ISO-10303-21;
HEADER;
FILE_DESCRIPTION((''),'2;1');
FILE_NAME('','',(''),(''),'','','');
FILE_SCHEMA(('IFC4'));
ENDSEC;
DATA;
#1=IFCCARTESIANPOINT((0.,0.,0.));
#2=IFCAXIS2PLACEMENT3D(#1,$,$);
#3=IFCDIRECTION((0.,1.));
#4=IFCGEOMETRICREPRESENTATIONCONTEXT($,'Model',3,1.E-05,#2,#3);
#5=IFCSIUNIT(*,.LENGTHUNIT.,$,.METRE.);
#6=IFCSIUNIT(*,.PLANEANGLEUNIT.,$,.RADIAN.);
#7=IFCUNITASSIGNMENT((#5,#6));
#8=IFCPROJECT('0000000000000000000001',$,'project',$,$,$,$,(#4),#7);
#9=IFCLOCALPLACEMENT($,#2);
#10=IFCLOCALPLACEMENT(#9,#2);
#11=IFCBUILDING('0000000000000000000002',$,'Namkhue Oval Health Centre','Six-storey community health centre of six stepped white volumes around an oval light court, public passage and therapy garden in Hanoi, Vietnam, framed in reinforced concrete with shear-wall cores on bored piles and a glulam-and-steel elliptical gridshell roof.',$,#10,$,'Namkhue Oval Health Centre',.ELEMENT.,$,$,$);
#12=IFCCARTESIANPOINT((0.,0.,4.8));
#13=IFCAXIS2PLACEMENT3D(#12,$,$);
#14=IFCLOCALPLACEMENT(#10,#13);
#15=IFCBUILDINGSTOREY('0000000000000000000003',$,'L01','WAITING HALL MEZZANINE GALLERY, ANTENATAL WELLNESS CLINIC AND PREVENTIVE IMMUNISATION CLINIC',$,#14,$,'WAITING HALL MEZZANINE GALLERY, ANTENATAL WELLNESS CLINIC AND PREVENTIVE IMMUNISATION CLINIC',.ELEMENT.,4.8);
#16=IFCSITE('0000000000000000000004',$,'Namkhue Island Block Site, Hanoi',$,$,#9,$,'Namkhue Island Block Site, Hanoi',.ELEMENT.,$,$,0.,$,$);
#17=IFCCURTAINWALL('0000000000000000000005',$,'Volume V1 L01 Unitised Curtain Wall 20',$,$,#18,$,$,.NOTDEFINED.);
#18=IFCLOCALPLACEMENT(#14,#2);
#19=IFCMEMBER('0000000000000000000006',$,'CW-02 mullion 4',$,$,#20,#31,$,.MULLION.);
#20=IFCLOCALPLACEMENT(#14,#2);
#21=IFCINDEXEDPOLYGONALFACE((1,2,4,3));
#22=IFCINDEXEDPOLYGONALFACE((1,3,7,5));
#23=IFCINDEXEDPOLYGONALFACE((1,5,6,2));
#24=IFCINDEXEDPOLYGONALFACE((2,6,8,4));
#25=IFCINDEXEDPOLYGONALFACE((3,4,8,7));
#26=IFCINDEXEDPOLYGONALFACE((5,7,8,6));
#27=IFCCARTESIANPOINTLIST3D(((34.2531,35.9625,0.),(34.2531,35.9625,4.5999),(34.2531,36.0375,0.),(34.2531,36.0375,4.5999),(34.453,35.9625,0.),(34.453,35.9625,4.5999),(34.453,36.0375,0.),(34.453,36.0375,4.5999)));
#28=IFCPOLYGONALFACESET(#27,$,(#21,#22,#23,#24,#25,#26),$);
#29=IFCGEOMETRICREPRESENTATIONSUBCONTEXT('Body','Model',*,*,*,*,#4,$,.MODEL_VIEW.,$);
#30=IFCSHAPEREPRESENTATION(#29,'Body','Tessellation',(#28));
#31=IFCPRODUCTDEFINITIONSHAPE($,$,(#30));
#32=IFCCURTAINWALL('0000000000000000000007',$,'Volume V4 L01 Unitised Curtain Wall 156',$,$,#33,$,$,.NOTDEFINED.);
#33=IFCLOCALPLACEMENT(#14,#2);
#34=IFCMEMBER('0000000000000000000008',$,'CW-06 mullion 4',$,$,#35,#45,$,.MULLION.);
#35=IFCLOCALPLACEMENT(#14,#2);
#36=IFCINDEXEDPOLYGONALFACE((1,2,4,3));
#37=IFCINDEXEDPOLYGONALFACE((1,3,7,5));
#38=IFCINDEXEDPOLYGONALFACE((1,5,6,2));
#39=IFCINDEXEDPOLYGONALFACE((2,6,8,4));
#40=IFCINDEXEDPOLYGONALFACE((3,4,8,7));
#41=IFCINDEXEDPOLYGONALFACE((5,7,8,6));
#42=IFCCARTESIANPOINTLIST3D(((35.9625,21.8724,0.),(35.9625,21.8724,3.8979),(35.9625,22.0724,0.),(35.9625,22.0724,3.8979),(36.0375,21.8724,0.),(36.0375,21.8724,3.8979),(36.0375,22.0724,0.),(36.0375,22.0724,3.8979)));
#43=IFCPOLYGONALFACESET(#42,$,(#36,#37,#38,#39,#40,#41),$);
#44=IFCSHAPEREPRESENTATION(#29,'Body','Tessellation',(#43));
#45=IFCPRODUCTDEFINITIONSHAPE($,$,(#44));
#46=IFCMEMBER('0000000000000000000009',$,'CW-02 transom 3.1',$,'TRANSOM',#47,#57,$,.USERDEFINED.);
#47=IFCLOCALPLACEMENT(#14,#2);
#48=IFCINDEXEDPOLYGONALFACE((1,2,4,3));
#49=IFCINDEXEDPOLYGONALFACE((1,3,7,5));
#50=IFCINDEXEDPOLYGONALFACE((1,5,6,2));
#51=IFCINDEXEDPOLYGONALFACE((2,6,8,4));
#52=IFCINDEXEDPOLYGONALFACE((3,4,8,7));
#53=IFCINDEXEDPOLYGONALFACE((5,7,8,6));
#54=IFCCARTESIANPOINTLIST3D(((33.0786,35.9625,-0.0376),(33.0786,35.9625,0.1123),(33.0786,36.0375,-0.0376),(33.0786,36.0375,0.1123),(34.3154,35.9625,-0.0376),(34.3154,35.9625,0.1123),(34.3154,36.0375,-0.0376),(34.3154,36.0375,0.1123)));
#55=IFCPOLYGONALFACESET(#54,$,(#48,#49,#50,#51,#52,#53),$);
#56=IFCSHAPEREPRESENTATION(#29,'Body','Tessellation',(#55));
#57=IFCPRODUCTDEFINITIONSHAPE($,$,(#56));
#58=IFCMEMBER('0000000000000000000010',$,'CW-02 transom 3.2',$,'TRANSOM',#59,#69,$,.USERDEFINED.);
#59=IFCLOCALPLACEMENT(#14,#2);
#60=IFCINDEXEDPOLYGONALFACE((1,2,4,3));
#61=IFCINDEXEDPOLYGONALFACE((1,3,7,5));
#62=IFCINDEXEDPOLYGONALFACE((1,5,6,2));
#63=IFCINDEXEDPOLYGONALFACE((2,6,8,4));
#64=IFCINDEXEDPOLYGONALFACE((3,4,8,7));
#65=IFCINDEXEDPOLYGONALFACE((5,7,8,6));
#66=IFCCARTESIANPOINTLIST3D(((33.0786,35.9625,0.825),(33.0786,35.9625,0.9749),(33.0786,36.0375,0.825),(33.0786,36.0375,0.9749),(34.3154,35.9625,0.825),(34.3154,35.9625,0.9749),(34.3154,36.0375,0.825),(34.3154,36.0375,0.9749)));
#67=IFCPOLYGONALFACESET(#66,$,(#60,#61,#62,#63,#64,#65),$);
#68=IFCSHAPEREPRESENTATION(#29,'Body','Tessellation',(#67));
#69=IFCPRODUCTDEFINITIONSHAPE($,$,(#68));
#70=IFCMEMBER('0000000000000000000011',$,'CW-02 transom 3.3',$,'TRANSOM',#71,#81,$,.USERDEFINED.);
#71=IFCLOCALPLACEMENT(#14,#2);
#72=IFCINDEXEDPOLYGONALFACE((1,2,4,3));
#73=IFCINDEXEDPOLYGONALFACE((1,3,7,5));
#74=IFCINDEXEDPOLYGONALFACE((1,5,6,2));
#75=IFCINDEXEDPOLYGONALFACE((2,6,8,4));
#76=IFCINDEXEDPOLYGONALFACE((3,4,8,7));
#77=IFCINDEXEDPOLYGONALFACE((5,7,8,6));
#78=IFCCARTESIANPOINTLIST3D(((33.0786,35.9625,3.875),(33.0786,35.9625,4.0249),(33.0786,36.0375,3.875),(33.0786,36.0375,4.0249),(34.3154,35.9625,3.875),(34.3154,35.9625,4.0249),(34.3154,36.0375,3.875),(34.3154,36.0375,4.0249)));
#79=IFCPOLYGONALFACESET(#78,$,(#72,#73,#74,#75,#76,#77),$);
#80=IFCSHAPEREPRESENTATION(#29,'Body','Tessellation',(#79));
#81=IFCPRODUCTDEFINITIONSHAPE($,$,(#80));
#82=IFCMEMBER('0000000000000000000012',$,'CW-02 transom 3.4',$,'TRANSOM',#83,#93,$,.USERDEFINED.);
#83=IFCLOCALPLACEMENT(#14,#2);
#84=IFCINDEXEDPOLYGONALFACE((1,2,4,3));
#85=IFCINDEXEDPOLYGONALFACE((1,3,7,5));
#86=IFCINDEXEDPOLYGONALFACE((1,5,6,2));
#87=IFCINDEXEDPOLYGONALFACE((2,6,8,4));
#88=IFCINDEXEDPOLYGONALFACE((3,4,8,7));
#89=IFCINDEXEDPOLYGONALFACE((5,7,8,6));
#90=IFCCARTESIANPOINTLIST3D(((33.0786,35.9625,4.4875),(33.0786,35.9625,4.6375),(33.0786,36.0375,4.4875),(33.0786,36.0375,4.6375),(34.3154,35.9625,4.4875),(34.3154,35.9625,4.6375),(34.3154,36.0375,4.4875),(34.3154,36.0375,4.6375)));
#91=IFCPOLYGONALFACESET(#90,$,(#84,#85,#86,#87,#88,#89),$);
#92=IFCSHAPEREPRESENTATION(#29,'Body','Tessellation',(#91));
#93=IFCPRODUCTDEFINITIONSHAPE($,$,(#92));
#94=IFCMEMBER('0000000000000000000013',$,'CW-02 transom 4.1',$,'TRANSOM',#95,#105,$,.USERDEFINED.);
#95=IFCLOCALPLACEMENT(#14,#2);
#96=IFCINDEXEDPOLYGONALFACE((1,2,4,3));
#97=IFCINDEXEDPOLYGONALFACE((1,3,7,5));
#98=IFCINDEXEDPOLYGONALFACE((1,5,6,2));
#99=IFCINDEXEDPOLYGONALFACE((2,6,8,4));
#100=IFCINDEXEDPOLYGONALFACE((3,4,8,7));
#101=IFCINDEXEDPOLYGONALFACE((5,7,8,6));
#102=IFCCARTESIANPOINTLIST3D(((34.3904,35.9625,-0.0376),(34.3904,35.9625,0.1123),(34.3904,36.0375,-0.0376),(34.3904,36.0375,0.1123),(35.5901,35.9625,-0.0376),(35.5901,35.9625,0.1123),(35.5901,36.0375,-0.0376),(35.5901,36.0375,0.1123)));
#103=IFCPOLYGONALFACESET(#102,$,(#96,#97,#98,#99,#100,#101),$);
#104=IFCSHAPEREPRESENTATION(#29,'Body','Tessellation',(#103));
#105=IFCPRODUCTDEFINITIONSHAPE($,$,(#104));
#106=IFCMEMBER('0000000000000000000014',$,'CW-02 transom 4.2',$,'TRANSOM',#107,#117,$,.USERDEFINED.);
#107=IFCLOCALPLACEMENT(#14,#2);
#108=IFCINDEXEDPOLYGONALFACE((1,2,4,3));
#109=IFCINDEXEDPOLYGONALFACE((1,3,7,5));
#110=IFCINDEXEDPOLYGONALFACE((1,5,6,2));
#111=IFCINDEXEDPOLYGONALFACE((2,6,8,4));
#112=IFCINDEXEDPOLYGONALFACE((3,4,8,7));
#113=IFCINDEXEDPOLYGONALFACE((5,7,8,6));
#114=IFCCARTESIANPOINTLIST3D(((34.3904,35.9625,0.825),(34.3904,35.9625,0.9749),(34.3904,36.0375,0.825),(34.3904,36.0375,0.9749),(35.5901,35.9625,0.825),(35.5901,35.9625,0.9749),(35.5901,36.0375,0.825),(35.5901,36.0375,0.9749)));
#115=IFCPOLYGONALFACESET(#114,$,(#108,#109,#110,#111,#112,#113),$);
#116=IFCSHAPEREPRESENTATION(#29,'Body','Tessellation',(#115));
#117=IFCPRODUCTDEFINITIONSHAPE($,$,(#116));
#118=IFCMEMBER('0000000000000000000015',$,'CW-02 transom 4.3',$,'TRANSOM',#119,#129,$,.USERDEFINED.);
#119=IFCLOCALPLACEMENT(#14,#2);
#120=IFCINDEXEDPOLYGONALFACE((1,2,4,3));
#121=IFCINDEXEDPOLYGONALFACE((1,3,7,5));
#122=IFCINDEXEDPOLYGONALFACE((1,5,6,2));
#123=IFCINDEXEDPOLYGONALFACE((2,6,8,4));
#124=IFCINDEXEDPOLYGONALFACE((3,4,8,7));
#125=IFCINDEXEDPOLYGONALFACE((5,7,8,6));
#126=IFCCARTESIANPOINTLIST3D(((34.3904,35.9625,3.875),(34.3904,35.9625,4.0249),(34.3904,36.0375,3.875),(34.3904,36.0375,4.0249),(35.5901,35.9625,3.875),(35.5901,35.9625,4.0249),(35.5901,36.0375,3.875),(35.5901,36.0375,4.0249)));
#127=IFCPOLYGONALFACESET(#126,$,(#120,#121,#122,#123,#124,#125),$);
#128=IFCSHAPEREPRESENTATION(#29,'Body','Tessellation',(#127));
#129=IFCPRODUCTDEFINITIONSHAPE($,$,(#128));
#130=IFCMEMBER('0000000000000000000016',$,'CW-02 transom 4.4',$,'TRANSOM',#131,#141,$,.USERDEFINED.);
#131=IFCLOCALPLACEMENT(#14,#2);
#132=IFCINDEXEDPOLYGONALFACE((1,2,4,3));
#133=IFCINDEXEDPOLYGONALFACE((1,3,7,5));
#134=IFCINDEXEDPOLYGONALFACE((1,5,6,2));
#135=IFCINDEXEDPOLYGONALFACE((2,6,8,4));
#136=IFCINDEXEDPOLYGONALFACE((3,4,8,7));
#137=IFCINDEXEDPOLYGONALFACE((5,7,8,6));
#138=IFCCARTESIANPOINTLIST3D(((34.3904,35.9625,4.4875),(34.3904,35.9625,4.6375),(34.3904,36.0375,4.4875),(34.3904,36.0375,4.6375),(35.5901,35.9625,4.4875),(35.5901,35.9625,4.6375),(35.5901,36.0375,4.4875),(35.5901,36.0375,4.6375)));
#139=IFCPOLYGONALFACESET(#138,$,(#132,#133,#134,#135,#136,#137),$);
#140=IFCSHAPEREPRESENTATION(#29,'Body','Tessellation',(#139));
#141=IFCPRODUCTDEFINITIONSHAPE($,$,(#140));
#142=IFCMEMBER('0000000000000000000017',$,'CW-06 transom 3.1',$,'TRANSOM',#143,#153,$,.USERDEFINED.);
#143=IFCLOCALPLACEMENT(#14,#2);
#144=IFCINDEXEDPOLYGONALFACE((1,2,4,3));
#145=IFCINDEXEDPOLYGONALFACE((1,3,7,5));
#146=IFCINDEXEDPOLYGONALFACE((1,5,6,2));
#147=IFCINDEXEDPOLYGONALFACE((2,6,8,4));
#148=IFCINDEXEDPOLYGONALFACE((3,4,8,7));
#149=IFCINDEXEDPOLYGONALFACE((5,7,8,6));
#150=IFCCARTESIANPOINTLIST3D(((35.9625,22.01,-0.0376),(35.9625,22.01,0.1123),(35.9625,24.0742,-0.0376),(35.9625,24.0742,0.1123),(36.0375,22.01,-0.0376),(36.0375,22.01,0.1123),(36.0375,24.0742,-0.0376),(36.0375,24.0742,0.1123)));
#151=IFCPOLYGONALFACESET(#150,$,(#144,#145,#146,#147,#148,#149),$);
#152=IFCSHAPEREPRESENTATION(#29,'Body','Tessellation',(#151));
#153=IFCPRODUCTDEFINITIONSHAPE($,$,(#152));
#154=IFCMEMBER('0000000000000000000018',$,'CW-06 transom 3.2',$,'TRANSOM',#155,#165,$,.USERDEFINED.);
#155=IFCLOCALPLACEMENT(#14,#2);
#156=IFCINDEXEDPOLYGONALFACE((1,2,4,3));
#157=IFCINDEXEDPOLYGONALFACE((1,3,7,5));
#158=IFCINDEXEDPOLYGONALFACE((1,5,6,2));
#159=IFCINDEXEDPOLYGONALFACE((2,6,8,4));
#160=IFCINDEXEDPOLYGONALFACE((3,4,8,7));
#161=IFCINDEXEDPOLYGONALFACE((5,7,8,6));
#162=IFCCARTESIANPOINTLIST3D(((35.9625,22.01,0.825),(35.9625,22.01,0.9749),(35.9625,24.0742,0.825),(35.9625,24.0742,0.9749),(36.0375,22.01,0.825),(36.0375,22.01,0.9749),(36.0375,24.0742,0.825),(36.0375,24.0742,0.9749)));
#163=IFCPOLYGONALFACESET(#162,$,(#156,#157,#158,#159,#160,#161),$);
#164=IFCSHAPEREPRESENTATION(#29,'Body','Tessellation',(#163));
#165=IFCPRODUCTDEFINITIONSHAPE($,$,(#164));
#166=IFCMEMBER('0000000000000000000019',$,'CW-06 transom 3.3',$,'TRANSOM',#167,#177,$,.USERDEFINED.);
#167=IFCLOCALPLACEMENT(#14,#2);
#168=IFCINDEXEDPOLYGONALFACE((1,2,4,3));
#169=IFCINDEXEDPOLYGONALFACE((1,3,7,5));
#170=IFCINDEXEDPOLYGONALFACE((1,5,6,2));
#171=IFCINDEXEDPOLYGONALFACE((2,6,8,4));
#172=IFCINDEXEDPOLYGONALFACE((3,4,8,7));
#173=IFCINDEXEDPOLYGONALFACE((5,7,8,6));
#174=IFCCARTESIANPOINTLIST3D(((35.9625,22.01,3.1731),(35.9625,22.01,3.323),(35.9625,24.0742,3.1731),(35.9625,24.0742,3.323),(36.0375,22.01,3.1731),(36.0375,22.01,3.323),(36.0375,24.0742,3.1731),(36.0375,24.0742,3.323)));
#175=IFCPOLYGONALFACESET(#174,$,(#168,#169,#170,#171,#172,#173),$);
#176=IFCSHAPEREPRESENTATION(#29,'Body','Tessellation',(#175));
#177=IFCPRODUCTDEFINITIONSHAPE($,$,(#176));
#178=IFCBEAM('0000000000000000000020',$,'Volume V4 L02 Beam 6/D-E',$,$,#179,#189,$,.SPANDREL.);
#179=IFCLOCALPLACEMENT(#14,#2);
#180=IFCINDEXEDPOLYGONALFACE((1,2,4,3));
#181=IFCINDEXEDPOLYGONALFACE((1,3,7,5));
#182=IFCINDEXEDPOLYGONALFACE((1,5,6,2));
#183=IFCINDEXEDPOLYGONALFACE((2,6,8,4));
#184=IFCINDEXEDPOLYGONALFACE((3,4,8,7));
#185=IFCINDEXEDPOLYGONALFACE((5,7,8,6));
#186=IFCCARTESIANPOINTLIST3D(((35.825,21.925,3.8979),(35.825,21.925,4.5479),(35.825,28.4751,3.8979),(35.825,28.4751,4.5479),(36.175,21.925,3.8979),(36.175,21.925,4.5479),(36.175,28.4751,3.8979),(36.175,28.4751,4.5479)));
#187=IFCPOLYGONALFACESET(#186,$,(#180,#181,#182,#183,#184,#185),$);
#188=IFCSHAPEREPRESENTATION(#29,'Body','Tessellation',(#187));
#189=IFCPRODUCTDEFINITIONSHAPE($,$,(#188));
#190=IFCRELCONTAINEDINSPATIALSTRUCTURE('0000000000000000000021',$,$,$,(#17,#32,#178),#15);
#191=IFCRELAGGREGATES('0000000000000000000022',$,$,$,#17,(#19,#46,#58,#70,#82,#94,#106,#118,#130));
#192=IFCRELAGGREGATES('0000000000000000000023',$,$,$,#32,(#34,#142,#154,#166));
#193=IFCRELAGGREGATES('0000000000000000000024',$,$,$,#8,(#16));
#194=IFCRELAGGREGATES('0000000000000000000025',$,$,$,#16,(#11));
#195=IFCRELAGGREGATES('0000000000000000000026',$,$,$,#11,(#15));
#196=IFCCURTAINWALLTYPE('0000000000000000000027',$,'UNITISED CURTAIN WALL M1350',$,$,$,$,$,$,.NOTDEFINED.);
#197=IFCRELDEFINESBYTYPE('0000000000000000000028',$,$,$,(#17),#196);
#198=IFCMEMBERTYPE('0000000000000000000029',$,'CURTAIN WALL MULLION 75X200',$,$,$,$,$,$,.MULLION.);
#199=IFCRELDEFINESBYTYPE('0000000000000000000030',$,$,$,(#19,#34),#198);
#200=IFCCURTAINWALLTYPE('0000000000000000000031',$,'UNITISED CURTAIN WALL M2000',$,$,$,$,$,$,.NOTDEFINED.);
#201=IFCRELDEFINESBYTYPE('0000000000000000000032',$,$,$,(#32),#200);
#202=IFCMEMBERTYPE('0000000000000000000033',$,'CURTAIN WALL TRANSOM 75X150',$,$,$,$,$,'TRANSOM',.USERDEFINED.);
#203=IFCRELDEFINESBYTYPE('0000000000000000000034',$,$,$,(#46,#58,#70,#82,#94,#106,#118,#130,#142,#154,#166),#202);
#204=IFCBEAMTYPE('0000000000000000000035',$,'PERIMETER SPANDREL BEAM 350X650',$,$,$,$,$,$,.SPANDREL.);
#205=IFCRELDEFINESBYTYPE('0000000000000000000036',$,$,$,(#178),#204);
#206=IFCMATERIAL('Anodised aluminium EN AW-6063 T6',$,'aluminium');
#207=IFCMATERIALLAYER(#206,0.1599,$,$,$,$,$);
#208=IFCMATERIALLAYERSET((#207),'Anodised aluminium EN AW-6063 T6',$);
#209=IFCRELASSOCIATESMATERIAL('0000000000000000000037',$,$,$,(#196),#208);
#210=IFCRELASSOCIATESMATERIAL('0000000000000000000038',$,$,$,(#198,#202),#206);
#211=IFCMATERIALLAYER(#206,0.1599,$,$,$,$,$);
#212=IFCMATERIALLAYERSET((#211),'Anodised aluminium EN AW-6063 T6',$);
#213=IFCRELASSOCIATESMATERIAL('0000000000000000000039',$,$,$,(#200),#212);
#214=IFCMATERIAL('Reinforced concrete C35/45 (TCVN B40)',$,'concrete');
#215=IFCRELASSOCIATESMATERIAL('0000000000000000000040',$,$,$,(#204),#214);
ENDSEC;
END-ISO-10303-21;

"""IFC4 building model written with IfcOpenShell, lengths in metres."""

from ifc_helpers import new_model, si_unit, direction, frame, origin, origin_2d, place, context, subcontext, project, spatial, rectangle, extrude, material, layer, layer_set, material_profile, profile_set, type_object, element, aggregate, save


model = new_model("IFC4")

# Units and contexts
model_context = context("Model", 3, precision=1e-05, world=origin(), true_north=direction((0.0, 1.0)))
body_context = subcontext(model_context, "Body", "Model", "MODEL_VIEW")
ifc_project = project(units=[si_unit("LENGTHUNIT", "METRE"), si_unit("PLANEANGLEUNIT", "RADIAN")], contexts=[model_context])

# Site, building, storey
site_placement = place(None, origin())
site = spatial("IfcSite", under=ifc_project, at=site_placement, Name="Namkhue Island Block Site, Hanoi", LongName="Namkhue Island Block Site, Hanoi", CompositionType="ELEMENT", RefElevation=0.0)
building_placement = place(site_placement, origin())
building = spatial("IfcBuilding", under=site, at=building_placement, Name="Namkhue Oval Health Centre", Description="Six-storey community health centre of six stepped white volumes around an oval light court, public passage and therapy garden in Hanoi, Vietnam, framed in reinforced concrete with shear-wall cores on bored piles and a glulam-and-steel elliptical gridshell roof.", LongName="Namkhue Oval Health Centre", CompositionType="ELEMENT")
storey_placement = place(building_placement, frame((0.0, 0.0, 4.8)))
storey = spatial("IfcBuildingStorey", under=building, at=storey_placement, Name="L01", Description="WAITING HALL MEZZANINE GALLERY, ANTENATAL WELLNESS CLINIC AND PREVENTIVE IMMUNISATION CLINIC", LongName="WAITING HALL MEZZANINE GALLERY, ANTENATAL WELLNESS CLINIC AND PREVENTIVE IMMUNISATION CLINIC", CompositionType="ELEMENT", Elevation=4.8)

# Curtain walls, members
ifc_material_1 = material(Name="Anodised aluminium EN AW-6063 T6", Category="aluminium")
ifc_layer_1 = layer(ifc_material_1, 0.1599)
ifc_layer_set_1 = layer_set([ifc_layer_1], Name="Anodised aluminium EN AW-6063 T6")
curtain_wall_type_1 = type_object("IfcCurtainWallType", Name="UNITISED CURTAIN WALL M1350", PredefinedType="NOTDEFINED", material=ifc_layer_set_1)
curtain_wall_1_placement = place(storey_placement, origin())
curtain_wall_1 = element("IfcCurtainWall", 1, at=curtain_wall_1_placement, inside=storey, type_object=curtain_wall_type_1, Name="Volume V1 L01 Unitised Curtain Wall 20", PredefinedType="NOTDEFINED")
ifc_material_profile_1 = material_profile(ifc_material_1, rectangle(XDim=0.075, YDim=0.2, at=origin_2d()), Name="ALU 75x200")
ifc_profile_set_1 = profile_set([ifc_material_profile_1], Name="Anodised aluminium EN AW-6063 T6")
member_type_1 = type_object("IfcMemberType", Name="CURTAIN WALL MULLION 75X200", PredefinedType="MULLION", material=ifc_profile_set_1)
member_1_placement = place(storey_placement, frame((34.353, 36.0, 0.0), z_axis=(0.0, 0.0, 1.0), x_axis=(0.0, 1.0, 0.0)))
member_1 = element("IfcMember", 2, at=member_1_placement, type_object=member_type_1, Name="CW-02 mullion 4", PredefinedType="MULLION", context=body_context, shape_type="SweptSolid", body=[
    extrude(rectangle(XDim=0.075, YDim=0.2, at=origin_2d()), origin(), (0.0, 0.0, 1.0), 4.5999),
])
ifc_layer_2 = layer(ifc_material_1, 0.1599)
ifc_layer_set_2 = layer_set([ifc_layer_2], Name="Anodised aluminium EN AW-6063 T6")
curtain_wall_type_2 = type_object("IfcCurtainWallType", Name="UNITISED CURTAIN WALL M2000", PredefinedType="NOTDEFINED", material=ifc_layer_set_2)
curtain_wall_2_placement = place(storey_placement, origin())
curtain_wall_2 = element("IfcCurtainWall", 3, at=curtain_wall_2_placement, inside=storey, type_object=curtain_wall_type_2, Name="Volume V4 L01 Unitised Curtain Wall 156", PredefinedType="NOTDEFINED")
member_2_placement = place(storey_placement, frame((36.0, 21.9724, 0.0), z_axis=(0.0, 0.0, 1.0), x_axis=(1.0, 0.0, 0.0)))
member_2 = element("IfcMember", 4, at=member_2_placement, type_object=member_type_1, Name="CW-06 mullion 4", PredefinedType="MULLION", context=body_context, shape_type="SweptSolid", body=[
    extrude(rectangle(XDim=0.075, YDim=0.2, at=origin_2d()), origin(), (0.0, 0.0, 1.0), 3.8979),
])

# Members
ifc_material_profile_2 = material_profile(ifc_material_1, rectangle(XDim=0.075, YDim=0.1499, at=origin_2d()), Name="ALU 75x150")
ifc_profile_set_2 = profile_set([ifc_material_profile_2], Name="Anodised aluminium EN AW-6063 T6")
member_type_2 = type_object("IfcMemberType", Name="CURTAIN WALL TRANSOM 75X150", ElementType="TRANSOM", PredefinedType="USERDEFINED", material=ifc_profile_set_2)
member_3_placement = place(storey_placement, frame((33.0786, 36.0, 0.0374), z_axis=(1.0, 0.0, 0.0), x_axis=(0.0, 1.0, 0.0)))
member_3 = element("IfcMember", 5, at=member_3_placement, type_object=member_type_2, Name="CW-02 transom 3.1", ObjectType="TRANSOM", PredefinedType="USERDEFINED", context=body_context, shape_type="SweptSolid", body=[
    extrude(rectangle(XDim=0.075, YDim=0.1499, at=origin_2d()), origin(), (0.0, 0.0, 1.0), 1.2368),
])
member_4_placement = place(storey_placement, frame((33.0786, 36.0, 0.8999), z_axis=(1.0, 0.0, 0.0), x_axis=(0.0, 1.0, 0.0)))
member_4 = element("IfcMember", 6, at=member_4_placement, type_object=member_type_2, Name="CW-02 transom 3.2", ObjectType="TRANSOM", PredefinedType="USERDEFINED", context=body_context, shape_type="SweptSolid", body=[
    extrude(rectangle(XDim=0.075, YDim=0.1499, at=origin_2d()), origin(), (0.0, 0.0, 1.0), 1.2368),
])
member_5_placement = place(storey_placement, frame((33.0786, 36.0, 3.95), z_axis=(1.0, 0.0, 0.0), x_axis=(0.0, 1.0, 0.0)))
member_5 = element("IfcMember", 7, at=member_5_placement, type_object=member_type_2, Name="CW-02 transom 3.3", ObjectType="TRANSOM", PredefinedType="USERDEFINED", context=body_context, shape_type="SweptSolid", body=[
    extrude(rectangle(XDim=0.075, YDim=0.1499, at=origin_2d()), origin(), (0.0, 0.0, 1.0), 1.2368),
])
member_6_placement = place(storey_placement, frame((33.0786, 36.0, 4.5625), z_axis=(1.0, 0.0, 0.0), x_axis=(0.0, 1.0, 0.0)))
member_6 = element("IfcMember", 8, at=member_6_placement, type_object=member_type_2, Name="CW-02 transom 3.4", ObjectType="TRANSOM", PredefinedType="USERDEFINED", context=body_context, shape_type="SweptSolid", body=[
    extrude(rectangle(XDim=0.075, YDim=0.1499, at=origin_2d()), origin(), (0.0, 0.0, 1.0), 1.2368),
])
member_7_placement = place(storey_placement, frame((34.3904, 36.0, 0.0374), z_axis=(1.0, 0.0, 0.0), x_axis=(0.0, 1.0, 0.0)))
member_7 = element("IfcMember", 9, at=member_7_placement, type_object=member_type_2, Name="CW-02 transom 4.1", ObjectType="TRANSOM", PredefinedType="USERDEFINED", context=body_context, shape_type="SweptSolid", body=[
    extrude(rectangle(XDim=0.075, YDim=0.1499, at=origin_2d()), origin(), (0.0, 0.0, 1.0), 1.1997),
])
member_8_placement = place(storey_placement, frame((34.3904, 36.0, 0.8999), z_axis=(1.0, 0.0, 0.0), x_axis=(0.0, 1.0, 0.0)))
member_8 = element("IfcMember", 10, at=member_8_placement, type_object=member_type_2, Name="CW-02 transom 4.2", ObjectType="TRANSOM", PredefinedType="USERDEFINED", context=body_context, shape_type="SweptSolid", body=[
    extrude(rectangle(XDim=0.075, YDim=0.1499, at=origin_2d()), origin(), (0.0, 0.0, 1.0), 1.1997),
])
member_9_placement = place(storey_placement, frame((34.3904, 36.0, 3.95), z_axis=(1.0, 0.0, 0.0), x_axis=(0.0, 1.0, 0.0)))
member_9 = element("IfcMember", 11, at=member_9_placement, type_object=member_type_2, Name="CW-02 transom 4.3", ObjectType="TRANSOM", PredefinedType="USERDEFINED", context=body_context, shape_type="SweptSolid", body=[
    extrude(rectangle(XDim=0.075, YDim=0.1499, at=origin_2d()), origin(), (0.0, 0.0, 1.0), 1.1997),
])
member_10_placement = place(storey_placement, frame((34.3904, 36.0, 4.5625), z_axis=(1.0, 0.0, 0.0), x_axis=(0.0, 1.0, 0.0)))
member_10 = element("IfcMember", 12, at=member_10_placement, type_object=member_type_2, Name="CW-02 transom 4.4", ObjectType="TRANSOM", PredefinedType="USERDEFINED", context=body_context, shape_type="SweptSolid", body=[
    extrude(rectangle(XDim=0.075, YDim=0.1499, at=origin_2d()), origin(), (0.0, 0.0, 1.0), 1.1997),
])
member_11_placement = place(storey_placement, frame((36.0, 24.0742, 0.0374), z_axis=(0.0, -1.0, 0.0), x_axis=(1.0, 0.0, 0.0)))
member_11 = element("IfcMember", 13, at=member_11_placement, type_object=member_type_2, Name="CW-06 transom 3.1", ObjectType="TRANSOM", PredefinedType="USERDEFINED", context=body_context, shape_type="SweptSolid", body=[
    extrude(rectangle(XDim=0.075, YDim=0.1499, at=origin_2d()), origin(), (0.0, 0.0, 1.0), 2.0642),
])
member_12_placement = place(storey_placement, frame((36.0, 24.0742, 0.8999), z_axis=(0.0, -1.0, 0.0), x_axis=(1.0, 0.0, 0.0)))
member_12 = element("IfcMember", 14, at=member_12_placement, type_object=member_type_2, Name="CW-06 transom 3.2", ObjectType="TRANSOM", PredefinedType="USERDEFINED", context=body_context, shape_type="SweptSolid", body=[
    extrude(rectangle(XDim=0.075, YDim=0.1499, at=origin_2d()), origin(), (0.0, 0.0, 1.0), 2.0642),
])
member_13_placement = place(storey_placement, frame((36.0, 24.0742, 3.248), z_axis=(0.0, -1.0, 0.0), x_axis=(1.0, 0.0, 0.0)))
member_13 = element("IfcMember", 15, at=member_13_placement, type_object=member_type_2, Name="CW-06 transom 3.3", ObjectType="TRANSOM", PredefinedType="USERDEFINED", context=body_context, shape_type="SweptSolid", body=[
    extrude(rectangle(XDim=0.075, YDim=0.1499, at=origin_2d()), origin(), (0.0, 0.0, 1.0), 2.0642),
])

# Beam
ifc_material_2 = material(Name="Reinforced concrete C35/45 (TCVN B40)", Category="concrete")
ifc_material_profile_3 = material_profile(ifc_material_2, rectangle(XDim=0.3501, YDim=0.6499, at=origin_2d()), Name="RC 350x650")
ifc_profile_set_3 = profile_set([ifc_material_profile_3], Name="Reinforced concrete C35/45 (TCVN B40)")
beam_type = type_object("IfcBeamType", Name="PERIMETER SPANDREL BEAM 350X650", PredefinedType="SPANDREL", material=ifc_profile_set_3)
beam_placement = place(storey_placement, frame((36.0, 21.925, 4.2229), z_axis=(0.0, 1.0, 0.0), x_axis=(-1.0, 0.0, 0.0)))
element("IfcBeam", 16, at=beam_placement, inside=storey, type_object=beam_type, Name="Volume V4 L02 Beam 6/D-E", PredefinedType="SPANDREL", context=body_context, shape_type="SweptSolid", body=[
    extrude(rectangle(XDim=0.3501, YDim=0.6499, at=origin_2d()), origin(), (0.0, 0.0, 1.0), 6.55),
])

aggregate(curtain_wall_1, [member_1, member_3, member_4, member_5, member_6, member_7, member_8, member_9, member_10])
aggregate(curtain_wall_2, [member_2, member_11, member_12, member_13])

save(model, "model.ifc")
